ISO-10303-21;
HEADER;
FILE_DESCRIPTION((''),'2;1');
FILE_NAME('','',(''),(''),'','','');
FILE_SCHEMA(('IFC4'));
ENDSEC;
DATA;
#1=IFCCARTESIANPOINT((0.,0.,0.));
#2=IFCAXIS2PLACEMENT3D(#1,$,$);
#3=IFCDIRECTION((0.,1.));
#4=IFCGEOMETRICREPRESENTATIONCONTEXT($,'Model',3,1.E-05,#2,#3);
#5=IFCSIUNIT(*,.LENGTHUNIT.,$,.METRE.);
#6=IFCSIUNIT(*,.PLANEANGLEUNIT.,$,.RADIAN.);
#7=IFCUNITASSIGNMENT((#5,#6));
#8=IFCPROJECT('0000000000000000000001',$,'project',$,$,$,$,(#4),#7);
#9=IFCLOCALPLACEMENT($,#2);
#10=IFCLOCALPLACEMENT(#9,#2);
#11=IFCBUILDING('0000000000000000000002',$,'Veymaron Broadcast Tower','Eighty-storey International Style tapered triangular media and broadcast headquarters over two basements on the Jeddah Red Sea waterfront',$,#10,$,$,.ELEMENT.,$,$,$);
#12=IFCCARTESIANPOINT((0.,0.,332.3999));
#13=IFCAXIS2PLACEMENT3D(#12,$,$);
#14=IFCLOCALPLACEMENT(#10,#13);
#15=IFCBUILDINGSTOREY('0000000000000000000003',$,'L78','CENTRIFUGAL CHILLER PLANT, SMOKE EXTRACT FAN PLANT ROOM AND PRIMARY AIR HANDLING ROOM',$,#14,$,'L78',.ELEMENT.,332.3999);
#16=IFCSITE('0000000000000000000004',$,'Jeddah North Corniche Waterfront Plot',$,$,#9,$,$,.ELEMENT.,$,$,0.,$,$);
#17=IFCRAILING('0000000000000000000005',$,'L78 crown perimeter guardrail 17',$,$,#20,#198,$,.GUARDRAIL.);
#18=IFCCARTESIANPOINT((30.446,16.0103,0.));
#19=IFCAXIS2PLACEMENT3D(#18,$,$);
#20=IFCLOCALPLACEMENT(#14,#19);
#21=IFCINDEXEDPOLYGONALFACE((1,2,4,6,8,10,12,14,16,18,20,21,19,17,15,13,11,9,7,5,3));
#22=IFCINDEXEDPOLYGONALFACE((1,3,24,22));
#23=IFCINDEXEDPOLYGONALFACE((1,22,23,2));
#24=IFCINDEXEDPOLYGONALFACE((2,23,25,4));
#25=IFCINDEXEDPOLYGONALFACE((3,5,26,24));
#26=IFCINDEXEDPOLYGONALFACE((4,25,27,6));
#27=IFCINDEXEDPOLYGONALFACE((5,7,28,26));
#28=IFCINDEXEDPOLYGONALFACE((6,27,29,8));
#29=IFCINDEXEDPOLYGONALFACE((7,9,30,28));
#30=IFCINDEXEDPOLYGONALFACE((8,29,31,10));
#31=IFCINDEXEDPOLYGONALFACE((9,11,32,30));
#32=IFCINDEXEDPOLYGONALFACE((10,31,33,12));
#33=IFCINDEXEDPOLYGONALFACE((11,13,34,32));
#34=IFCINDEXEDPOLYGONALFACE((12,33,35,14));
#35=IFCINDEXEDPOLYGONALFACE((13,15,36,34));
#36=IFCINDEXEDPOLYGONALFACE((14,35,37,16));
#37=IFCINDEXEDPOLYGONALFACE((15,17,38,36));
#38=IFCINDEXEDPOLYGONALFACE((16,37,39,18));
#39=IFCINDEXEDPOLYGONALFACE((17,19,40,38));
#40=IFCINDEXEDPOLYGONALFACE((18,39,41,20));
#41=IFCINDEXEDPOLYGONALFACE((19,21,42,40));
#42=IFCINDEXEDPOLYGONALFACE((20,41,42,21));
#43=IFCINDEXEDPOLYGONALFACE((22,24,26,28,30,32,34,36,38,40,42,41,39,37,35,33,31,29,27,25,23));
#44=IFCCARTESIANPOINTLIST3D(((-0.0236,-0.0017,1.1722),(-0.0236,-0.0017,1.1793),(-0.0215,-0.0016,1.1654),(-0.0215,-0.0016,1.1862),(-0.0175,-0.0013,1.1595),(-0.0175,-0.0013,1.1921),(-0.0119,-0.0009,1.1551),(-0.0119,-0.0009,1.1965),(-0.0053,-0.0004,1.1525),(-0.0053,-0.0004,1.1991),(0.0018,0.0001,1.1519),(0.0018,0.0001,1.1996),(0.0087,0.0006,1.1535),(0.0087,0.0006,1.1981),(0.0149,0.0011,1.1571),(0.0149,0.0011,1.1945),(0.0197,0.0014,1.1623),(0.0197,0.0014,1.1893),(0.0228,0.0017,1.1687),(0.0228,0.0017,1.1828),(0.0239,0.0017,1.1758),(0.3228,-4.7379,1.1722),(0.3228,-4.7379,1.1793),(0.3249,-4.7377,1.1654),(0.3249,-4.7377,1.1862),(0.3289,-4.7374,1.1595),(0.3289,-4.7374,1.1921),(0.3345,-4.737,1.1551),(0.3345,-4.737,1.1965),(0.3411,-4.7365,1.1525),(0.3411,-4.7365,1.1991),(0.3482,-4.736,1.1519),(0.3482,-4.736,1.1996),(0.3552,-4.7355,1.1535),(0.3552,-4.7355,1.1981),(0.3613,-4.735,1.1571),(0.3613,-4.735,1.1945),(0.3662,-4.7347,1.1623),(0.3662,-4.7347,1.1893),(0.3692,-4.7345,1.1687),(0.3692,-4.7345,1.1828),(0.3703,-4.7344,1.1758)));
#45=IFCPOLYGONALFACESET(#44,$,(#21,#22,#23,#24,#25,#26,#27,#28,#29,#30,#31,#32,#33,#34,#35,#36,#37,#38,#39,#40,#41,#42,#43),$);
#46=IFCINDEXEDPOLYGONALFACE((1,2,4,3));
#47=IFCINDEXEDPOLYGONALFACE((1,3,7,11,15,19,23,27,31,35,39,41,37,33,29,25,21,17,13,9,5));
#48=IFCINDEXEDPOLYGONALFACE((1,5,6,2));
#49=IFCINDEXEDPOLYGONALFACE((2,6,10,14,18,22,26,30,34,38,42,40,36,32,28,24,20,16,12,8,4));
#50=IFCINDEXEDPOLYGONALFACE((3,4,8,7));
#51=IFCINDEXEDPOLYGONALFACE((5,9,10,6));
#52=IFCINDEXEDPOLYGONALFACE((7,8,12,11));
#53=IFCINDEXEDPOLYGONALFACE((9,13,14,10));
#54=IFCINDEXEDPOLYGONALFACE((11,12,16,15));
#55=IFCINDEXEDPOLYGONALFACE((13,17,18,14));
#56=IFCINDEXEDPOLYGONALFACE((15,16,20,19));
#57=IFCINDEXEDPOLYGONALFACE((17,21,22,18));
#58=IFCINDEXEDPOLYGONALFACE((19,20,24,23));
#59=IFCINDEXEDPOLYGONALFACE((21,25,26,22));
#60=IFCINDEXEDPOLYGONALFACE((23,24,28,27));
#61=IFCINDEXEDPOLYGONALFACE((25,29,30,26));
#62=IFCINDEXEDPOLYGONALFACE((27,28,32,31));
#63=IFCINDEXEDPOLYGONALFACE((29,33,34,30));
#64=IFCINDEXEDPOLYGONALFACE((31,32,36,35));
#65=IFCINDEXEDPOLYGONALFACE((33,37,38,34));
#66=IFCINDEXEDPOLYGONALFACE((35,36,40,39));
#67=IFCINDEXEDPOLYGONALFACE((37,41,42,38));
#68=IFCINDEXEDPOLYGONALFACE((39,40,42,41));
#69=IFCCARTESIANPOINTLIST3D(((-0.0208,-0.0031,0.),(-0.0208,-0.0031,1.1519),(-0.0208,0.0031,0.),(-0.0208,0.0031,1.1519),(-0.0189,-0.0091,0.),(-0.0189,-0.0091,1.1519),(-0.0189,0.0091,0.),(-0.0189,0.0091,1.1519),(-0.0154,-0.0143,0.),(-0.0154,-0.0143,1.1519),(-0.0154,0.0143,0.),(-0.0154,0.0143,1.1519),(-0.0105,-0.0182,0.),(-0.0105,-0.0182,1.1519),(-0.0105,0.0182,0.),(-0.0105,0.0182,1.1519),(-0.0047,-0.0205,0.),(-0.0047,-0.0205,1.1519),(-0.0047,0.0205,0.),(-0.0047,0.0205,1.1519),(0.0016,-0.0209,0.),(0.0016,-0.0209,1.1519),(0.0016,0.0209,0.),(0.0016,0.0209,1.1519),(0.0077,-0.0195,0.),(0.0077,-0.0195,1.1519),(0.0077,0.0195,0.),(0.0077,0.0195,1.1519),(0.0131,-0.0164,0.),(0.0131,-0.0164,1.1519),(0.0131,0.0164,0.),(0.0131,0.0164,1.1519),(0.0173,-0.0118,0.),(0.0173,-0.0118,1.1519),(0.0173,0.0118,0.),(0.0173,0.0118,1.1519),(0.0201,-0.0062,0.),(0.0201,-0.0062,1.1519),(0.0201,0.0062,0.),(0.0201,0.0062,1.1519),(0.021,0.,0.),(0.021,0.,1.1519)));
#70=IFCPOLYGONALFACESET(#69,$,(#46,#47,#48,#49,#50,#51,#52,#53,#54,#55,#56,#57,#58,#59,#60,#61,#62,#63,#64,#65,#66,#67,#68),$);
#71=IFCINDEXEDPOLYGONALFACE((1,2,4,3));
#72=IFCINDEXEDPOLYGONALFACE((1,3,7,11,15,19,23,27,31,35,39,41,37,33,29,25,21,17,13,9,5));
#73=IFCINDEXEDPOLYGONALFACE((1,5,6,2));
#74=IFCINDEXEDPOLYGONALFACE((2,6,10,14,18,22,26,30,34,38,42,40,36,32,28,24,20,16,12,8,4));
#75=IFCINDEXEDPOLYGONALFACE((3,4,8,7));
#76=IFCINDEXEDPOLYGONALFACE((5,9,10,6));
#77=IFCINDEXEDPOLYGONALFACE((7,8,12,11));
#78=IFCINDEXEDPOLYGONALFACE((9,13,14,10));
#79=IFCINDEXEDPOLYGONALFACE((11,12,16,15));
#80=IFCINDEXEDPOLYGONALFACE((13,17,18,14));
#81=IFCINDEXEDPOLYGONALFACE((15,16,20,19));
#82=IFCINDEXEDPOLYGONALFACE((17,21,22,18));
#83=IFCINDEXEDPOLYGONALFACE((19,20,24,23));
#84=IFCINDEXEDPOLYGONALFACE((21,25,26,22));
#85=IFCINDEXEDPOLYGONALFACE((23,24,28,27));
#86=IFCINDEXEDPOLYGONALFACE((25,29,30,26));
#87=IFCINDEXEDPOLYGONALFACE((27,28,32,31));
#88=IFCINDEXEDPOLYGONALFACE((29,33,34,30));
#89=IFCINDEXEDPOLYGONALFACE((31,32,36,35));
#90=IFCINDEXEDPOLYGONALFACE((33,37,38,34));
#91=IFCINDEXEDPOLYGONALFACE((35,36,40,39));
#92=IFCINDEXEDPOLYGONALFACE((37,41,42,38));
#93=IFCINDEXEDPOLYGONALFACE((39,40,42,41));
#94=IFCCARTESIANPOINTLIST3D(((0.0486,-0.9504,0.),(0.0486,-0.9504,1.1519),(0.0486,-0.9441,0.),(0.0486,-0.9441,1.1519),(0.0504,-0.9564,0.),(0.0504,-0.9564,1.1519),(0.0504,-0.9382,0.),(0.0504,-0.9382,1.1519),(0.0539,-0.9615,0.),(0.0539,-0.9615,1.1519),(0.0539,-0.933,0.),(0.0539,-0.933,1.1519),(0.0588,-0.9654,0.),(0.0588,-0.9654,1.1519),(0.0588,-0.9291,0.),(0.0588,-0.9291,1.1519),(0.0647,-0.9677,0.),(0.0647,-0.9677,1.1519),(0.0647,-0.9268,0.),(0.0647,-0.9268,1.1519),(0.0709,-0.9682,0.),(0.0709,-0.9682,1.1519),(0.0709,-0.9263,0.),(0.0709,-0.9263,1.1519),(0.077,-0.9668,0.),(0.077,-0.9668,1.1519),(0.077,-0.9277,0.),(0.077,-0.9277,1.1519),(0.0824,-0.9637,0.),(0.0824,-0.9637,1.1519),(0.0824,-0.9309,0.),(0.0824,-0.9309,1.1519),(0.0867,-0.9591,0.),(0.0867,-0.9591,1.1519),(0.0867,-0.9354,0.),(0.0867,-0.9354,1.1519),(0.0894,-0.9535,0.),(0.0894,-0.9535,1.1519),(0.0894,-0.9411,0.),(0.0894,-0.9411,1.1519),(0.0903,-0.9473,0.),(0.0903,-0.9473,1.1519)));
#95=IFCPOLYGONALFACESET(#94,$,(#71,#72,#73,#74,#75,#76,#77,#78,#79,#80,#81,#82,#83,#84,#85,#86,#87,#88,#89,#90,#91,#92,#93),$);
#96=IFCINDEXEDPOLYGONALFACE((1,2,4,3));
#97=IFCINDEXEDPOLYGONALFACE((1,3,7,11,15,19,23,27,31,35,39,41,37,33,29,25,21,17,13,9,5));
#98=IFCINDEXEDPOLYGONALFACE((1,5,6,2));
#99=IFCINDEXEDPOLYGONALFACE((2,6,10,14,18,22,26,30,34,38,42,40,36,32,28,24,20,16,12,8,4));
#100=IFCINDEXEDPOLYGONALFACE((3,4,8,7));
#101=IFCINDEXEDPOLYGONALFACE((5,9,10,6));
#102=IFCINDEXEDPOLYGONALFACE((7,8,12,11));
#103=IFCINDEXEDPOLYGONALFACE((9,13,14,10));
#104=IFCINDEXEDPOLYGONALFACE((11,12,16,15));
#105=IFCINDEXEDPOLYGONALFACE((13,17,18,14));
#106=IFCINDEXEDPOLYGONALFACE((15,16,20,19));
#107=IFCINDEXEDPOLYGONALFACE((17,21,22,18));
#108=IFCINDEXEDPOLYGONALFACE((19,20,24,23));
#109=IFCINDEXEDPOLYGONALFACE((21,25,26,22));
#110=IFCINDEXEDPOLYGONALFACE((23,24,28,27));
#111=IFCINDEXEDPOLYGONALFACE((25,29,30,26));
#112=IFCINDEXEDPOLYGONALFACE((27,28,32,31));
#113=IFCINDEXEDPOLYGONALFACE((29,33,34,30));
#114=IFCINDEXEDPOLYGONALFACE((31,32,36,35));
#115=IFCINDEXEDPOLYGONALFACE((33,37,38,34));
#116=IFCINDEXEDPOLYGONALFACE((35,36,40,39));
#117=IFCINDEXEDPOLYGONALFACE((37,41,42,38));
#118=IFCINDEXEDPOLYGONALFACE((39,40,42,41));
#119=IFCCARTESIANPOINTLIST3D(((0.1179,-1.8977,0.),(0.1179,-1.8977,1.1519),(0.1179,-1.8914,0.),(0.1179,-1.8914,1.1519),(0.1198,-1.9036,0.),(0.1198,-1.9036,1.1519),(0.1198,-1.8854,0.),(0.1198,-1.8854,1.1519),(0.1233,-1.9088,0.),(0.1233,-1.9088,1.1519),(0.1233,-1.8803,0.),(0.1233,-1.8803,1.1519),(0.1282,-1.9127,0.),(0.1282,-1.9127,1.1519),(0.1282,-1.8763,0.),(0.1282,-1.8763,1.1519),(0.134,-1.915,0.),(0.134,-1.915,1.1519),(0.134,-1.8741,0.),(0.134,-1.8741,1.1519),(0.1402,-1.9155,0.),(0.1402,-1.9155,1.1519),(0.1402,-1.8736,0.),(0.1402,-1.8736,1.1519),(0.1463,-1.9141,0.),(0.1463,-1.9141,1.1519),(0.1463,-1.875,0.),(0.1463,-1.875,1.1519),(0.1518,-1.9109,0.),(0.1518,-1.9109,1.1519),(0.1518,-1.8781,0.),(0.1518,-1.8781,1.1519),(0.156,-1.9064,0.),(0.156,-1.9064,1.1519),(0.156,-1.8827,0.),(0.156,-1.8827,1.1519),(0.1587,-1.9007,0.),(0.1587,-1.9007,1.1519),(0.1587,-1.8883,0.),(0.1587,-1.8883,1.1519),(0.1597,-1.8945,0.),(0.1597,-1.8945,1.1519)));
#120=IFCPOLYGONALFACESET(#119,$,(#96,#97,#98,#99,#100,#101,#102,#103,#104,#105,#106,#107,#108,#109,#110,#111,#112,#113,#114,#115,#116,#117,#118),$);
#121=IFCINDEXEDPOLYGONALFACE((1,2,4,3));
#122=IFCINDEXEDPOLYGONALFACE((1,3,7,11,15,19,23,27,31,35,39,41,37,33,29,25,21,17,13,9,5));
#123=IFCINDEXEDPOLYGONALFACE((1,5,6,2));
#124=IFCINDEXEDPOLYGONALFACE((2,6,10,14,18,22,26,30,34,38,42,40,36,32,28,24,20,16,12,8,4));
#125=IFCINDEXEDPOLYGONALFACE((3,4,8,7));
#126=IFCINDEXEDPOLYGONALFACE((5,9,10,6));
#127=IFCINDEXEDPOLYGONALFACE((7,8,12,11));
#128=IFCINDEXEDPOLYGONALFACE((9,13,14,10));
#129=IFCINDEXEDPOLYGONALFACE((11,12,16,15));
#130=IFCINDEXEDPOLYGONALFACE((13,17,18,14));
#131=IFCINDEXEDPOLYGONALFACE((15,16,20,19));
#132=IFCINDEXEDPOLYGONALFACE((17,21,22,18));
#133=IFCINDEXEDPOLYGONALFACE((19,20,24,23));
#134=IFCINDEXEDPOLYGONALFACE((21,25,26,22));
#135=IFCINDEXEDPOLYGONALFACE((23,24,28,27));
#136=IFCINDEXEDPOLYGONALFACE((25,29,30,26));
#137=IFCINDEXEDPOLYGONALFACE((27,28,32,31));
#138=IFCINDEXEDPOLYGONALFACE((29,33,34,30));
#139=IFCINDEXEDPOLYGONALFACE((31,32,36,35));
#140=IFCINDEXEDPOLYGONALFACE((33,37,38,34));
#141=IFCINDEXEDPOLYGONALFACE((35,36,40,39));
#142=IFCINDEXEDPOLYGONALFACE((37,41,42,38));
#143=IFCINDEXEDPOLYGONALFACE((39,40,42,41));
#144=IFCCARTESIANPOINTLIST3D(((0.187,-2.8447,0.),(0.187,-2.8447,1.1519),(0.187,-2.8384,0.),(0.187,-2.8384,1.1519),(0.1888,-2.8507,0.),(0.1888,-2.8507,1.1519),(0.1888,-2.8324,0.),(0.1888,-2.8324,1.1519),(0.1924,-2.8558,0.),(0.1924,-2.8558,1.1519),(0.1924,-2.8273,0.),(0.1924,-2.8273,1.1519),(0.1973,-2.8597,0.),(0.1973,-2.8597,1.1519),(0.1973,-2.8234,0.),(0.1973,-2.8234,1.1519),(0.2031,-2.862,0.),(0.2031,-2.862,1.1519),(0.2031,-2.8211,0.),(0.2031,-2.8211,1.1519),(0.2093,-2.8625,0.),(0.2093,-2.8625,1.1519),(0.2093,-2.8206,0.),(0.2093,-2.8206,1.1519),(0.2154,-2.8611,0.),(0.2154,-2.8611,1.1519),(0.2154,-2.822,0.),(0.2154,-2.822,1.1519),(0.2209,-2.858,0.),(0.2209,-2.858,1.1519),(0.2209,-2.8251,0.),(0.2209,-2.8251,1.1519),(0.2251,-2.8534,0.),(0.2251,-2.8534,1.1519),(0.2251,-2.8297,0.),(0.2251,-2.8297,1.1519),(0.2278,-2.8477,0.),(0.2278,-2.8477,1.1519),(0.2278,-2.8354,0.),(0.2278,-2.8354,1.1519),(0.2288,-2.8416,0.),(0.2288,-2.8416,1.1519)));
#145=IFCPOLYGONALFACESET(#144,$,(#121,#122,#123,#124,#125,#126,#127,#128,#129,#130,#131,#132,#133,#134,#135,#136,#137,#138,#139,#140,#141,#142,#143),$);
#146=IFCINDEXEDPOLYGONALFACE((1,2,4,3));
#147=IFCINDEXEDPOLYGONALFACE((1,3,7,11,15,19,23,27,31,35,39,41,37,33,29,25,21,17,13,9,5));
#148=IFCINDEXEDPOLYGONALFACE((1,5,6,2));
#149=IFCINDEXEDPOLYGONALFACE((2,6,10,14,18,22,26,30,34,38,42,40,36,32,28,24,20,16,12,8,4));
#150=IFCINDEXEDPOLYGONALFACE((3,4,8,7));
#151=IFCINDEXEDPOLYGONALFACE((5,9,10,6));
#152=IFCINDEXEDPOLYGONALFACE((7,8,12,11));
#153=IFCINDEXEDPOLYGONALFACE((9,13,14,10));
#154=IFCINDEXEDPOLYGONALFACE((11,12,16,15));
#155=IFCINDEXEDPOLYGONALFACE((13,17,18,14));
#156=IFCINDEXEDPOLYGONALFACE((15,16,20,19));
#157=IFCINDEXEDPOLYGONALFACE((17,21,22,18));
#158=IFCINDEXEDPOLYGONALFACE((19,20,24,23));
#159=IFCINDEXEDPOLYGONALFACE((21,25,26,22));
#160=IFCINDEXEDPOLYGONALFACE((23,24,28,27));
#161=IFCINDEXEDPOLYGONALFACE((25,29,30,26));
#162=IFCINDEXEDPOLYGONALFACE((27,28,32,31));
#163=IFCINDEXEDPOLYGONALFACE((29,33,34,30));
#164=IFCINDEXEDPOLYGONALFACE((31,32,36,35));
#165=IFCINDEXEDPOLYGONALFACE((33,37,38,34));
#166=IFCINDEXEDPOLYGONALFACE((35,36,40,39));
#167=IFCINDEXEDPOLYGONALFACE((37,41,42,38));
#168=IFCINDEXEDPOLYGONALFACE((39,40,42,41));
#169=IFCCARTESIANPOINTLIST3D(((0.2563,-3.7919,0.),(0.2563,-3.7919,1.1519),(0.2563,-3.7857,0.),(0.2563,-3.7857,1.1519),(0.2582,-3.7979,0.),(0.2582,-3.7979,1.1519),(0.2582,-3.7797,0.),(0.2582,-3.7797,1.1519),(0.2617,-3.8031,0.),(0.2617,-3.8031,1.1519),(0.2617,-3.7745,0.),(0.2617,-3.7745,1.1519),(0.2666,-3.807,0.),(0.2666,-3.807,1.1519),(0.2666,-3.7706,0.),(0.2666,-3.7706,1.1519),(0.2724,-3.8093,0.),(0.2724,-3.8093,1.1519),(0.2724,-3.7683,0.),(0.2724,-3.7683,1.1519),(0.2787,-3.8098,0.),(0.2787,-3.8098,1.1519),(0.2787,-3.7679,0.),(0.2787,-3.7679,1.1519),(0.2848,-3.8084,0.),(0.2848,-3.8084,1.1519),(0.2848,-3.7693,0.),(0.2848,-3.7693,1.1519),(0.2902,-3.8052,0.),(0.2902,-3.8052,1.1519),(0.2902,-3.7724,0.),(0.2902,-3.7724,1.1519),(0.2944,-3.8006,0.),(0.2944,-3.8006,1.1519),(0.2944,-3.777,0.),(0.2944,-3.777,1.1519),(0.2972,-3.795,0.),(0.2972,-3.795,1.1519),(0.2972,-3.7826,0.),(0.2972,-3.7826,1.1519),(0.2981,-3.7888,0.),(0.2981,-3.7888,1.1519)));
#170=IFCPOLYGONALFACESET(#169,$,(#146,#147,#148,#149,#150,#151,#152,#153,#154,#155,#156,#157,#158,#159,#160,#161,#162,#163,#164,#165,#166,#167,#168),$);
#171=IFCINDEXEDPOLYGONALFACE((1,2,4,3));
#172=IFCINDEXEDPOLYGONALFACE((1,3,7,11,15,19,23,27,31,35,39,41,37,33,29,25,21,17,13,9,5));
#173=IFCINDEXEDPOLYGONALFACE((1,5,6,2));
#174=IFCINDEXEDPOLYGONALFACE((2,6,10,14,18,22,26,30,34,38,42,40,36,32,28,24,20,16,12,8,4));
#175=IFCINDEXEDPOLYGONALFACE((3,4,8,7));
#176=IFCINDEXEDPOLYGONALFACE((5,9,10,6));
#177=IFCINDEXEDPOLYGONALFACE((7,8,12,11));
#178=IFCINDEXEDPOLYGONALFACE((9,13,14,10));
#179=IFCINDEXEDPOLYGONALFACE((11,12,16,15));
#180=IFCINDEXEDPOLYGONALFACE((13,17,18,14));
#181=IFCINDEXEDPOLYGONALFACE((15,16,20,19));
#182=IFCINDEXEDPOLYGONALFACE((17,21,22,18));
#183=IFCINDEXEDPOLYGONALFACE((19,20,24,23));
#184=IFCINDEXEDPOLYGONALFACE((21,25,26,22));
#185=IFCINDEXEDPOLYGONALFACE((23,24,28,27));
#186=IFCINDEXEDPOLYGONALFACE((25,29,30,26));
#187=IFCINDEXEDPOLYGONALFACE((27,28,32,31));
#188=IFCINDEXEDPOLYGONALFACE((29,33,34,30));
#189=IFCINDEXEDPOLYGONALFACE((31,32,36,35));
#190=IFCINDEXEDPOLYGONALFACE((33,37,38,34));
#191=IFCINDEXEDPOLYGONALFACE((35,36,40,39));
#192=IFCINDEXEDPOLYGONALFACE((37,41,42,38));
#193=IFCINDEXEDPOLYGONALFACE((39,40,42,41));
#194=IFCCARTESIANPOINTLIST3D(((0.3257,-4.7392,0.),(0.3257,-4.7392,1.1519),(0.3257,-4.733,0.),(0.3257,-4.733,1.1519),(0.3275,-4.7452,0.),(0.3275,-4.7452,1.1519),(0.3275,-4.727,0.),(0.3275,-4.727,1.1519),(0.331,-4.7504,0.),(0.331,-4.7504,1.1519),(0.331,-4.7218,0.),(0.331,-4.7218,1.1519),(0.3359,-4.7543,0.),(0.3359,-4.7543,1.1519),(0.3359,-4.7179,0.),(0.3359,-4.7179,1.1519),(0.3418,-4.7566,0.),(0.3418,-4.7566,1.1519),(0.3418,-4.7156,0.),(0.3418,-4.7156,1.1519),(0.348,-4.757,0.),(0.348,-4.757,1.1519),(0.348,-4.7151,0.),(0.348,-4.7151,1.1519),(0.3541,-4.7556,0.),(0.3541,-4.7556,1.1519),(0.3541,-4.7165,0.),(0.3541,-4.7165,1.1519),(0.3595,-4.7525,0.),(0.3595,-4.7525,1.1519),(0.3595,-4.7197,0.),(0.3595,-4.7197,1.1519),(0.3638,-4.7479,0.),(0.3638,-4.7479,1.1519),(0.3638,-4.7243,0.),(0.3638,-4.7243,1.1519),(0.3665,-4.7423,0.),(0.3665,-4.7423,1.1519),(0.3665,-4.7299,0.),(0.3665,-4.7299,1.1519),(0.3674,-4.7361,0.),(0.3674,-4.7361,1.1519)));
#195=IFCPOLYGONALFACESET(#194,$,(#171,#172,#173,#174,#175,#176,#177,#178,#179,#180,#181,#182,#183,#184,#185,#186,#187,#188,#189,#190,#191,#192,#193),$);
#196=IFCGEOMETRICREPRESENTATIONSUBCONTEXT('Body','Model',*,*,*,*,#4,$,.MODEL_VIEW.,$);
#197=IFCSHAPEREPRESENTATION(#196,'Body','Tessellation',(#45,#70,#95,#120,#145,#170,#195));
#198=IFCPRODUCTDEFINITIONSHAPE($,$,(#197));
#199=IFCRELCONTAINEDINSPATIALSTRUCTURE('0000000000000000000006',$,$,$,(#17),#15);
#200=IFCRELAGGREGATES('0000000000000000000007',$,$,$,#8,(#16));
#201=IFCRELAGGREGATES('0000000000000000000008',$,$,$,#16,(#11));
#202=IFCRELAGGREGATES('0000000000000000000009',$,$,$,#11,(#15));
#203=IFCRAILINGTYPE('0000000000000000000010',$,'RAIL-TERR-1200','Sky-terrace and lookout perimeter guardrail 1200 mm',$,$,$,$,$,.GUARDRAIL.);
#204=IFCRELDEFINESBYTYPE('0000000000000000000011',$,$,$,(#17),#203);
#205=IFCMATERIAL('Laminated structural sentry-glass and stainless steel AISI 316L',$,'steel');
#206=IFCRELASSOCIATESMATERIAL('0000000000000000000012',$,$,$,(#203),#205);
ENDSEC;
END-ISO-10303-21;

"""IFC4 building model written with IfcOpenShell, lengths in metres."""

from ifc_helpers import new_model, si_unit, direction, frame, origin, origin_2d, place, context, subcontext, project, spatial, circle, extrude, material, type_object, element, save


model = new_model("IFC4")

# Units and contexts
model_context = context("Model", 3, precision=1e-05, world=origin(), true_north=direction((0.0, 1.0)))
body_context = subcontext(model_context, "Body", "Model", "MODEL_VIEW")
ifc_project = project(units=[si_unit("LENGTHUNIT", "METRE"), si_unit("PLANEANGLEUNIT", "RADIAN")], contexts=[model_context])

# Site, building, storey
site_placement = place(None, origin())
site = spatial("IfcSite", under=ifc_project, at=site_placement, Name="Jeddah North Corniche Waterfront Plot", CompositionType="ELEMENT", RefElevation=0.0)
building_placement = place(site_placement, origin())
building = spatial("IfcBuilding", under=site, at=building_placement, Name="Veymaron Broadcast Tower", Description="Eighty-storey International Style tapered triangular media and broadcast headquarters over two basements on the Jeddah Red Sea waterfront", CompositionType="ELEMENT")
storey_placement = place(building_placement, frame((0.0, 0.0, 332.3999)))
storey = spatial("IfcBuildingStorey", under=building, at=storey_placement, Name="L78", Description="CENTRIFUGAL CHILLER PLANT, SMOKE EXTRACT FAN PLANT ROOM AND PRIMARY AIR HANDLING ROOM", LongName="L78", CompositionType="ELEMENT", Elevation=332.3999)

# Railing
ifc_material_1 = material(Name="Laminated structural sentry-glass and stainless steel AISI 316L", Category="steel")
railing_type = type_object("IfcRailingType", Name="RAIL-TERR-1200", Description="Sky-terrace and lookout perimeter guardrail 1200 mm", PredefinedType="GUARDRAIL", material=ifc_material_1)
railing_1_placement = place(storey_placement, frame((30.446, 16.0103, 0.0)))
element("IfcRailing", 1, at=railing_1_placement, inside=storey, type_object=railing_type, Name="L78 crown perimeter guardrail 17", PredefinedType="GUARDRAIL", context=body_context, shape_type="SweptSolid", body=[
    extrude(circle(Radius=0.0239, at=origin_2d()), frame((0.0, 0.0, 1.1758), z_axis=(0.072953, -0.997335, 0.0), x_axis=(0.997335, 0.072953, 0.0)), (0.0, 0.0, 1.0), 4.7488),
    extrude(circle(Radius=0.021, at=origin_2d()), origin(), (0.0, 0.0, 1.0), 1.1519),
    extrude(circle(Radius=0.021, at=origin_2d()), frame((0.0693, -0.9473, 0.0)), (0.0, 0.0, 1.0), 1.1519),
    extrude(circle(Radius=0.021, at=origin_2d()), frame((0.1387, -1.8945, 0.0)), (0.0, 0.0, 1.0), 1.1519),
    extrude(circle(Radius=0.021, at=origin_2d()), frame((0.2078, -2.8416, 0.0)), (0.0, 0.0, 1.0), 1.1519),
    extrude(circle(Radius=0.021, at=origin_2d()), frame((0.2771, -3.7888, 0.0)), (0.0, 0.0, 1.0), 1.1519),
    extrude(circle(Radius=0.021, at=origin_2d()), frame((0.3464, -4.7361, 0.0)), (0.0, 0.0, 1.0), 1.1519),
])

save(model, "model.ifc")
